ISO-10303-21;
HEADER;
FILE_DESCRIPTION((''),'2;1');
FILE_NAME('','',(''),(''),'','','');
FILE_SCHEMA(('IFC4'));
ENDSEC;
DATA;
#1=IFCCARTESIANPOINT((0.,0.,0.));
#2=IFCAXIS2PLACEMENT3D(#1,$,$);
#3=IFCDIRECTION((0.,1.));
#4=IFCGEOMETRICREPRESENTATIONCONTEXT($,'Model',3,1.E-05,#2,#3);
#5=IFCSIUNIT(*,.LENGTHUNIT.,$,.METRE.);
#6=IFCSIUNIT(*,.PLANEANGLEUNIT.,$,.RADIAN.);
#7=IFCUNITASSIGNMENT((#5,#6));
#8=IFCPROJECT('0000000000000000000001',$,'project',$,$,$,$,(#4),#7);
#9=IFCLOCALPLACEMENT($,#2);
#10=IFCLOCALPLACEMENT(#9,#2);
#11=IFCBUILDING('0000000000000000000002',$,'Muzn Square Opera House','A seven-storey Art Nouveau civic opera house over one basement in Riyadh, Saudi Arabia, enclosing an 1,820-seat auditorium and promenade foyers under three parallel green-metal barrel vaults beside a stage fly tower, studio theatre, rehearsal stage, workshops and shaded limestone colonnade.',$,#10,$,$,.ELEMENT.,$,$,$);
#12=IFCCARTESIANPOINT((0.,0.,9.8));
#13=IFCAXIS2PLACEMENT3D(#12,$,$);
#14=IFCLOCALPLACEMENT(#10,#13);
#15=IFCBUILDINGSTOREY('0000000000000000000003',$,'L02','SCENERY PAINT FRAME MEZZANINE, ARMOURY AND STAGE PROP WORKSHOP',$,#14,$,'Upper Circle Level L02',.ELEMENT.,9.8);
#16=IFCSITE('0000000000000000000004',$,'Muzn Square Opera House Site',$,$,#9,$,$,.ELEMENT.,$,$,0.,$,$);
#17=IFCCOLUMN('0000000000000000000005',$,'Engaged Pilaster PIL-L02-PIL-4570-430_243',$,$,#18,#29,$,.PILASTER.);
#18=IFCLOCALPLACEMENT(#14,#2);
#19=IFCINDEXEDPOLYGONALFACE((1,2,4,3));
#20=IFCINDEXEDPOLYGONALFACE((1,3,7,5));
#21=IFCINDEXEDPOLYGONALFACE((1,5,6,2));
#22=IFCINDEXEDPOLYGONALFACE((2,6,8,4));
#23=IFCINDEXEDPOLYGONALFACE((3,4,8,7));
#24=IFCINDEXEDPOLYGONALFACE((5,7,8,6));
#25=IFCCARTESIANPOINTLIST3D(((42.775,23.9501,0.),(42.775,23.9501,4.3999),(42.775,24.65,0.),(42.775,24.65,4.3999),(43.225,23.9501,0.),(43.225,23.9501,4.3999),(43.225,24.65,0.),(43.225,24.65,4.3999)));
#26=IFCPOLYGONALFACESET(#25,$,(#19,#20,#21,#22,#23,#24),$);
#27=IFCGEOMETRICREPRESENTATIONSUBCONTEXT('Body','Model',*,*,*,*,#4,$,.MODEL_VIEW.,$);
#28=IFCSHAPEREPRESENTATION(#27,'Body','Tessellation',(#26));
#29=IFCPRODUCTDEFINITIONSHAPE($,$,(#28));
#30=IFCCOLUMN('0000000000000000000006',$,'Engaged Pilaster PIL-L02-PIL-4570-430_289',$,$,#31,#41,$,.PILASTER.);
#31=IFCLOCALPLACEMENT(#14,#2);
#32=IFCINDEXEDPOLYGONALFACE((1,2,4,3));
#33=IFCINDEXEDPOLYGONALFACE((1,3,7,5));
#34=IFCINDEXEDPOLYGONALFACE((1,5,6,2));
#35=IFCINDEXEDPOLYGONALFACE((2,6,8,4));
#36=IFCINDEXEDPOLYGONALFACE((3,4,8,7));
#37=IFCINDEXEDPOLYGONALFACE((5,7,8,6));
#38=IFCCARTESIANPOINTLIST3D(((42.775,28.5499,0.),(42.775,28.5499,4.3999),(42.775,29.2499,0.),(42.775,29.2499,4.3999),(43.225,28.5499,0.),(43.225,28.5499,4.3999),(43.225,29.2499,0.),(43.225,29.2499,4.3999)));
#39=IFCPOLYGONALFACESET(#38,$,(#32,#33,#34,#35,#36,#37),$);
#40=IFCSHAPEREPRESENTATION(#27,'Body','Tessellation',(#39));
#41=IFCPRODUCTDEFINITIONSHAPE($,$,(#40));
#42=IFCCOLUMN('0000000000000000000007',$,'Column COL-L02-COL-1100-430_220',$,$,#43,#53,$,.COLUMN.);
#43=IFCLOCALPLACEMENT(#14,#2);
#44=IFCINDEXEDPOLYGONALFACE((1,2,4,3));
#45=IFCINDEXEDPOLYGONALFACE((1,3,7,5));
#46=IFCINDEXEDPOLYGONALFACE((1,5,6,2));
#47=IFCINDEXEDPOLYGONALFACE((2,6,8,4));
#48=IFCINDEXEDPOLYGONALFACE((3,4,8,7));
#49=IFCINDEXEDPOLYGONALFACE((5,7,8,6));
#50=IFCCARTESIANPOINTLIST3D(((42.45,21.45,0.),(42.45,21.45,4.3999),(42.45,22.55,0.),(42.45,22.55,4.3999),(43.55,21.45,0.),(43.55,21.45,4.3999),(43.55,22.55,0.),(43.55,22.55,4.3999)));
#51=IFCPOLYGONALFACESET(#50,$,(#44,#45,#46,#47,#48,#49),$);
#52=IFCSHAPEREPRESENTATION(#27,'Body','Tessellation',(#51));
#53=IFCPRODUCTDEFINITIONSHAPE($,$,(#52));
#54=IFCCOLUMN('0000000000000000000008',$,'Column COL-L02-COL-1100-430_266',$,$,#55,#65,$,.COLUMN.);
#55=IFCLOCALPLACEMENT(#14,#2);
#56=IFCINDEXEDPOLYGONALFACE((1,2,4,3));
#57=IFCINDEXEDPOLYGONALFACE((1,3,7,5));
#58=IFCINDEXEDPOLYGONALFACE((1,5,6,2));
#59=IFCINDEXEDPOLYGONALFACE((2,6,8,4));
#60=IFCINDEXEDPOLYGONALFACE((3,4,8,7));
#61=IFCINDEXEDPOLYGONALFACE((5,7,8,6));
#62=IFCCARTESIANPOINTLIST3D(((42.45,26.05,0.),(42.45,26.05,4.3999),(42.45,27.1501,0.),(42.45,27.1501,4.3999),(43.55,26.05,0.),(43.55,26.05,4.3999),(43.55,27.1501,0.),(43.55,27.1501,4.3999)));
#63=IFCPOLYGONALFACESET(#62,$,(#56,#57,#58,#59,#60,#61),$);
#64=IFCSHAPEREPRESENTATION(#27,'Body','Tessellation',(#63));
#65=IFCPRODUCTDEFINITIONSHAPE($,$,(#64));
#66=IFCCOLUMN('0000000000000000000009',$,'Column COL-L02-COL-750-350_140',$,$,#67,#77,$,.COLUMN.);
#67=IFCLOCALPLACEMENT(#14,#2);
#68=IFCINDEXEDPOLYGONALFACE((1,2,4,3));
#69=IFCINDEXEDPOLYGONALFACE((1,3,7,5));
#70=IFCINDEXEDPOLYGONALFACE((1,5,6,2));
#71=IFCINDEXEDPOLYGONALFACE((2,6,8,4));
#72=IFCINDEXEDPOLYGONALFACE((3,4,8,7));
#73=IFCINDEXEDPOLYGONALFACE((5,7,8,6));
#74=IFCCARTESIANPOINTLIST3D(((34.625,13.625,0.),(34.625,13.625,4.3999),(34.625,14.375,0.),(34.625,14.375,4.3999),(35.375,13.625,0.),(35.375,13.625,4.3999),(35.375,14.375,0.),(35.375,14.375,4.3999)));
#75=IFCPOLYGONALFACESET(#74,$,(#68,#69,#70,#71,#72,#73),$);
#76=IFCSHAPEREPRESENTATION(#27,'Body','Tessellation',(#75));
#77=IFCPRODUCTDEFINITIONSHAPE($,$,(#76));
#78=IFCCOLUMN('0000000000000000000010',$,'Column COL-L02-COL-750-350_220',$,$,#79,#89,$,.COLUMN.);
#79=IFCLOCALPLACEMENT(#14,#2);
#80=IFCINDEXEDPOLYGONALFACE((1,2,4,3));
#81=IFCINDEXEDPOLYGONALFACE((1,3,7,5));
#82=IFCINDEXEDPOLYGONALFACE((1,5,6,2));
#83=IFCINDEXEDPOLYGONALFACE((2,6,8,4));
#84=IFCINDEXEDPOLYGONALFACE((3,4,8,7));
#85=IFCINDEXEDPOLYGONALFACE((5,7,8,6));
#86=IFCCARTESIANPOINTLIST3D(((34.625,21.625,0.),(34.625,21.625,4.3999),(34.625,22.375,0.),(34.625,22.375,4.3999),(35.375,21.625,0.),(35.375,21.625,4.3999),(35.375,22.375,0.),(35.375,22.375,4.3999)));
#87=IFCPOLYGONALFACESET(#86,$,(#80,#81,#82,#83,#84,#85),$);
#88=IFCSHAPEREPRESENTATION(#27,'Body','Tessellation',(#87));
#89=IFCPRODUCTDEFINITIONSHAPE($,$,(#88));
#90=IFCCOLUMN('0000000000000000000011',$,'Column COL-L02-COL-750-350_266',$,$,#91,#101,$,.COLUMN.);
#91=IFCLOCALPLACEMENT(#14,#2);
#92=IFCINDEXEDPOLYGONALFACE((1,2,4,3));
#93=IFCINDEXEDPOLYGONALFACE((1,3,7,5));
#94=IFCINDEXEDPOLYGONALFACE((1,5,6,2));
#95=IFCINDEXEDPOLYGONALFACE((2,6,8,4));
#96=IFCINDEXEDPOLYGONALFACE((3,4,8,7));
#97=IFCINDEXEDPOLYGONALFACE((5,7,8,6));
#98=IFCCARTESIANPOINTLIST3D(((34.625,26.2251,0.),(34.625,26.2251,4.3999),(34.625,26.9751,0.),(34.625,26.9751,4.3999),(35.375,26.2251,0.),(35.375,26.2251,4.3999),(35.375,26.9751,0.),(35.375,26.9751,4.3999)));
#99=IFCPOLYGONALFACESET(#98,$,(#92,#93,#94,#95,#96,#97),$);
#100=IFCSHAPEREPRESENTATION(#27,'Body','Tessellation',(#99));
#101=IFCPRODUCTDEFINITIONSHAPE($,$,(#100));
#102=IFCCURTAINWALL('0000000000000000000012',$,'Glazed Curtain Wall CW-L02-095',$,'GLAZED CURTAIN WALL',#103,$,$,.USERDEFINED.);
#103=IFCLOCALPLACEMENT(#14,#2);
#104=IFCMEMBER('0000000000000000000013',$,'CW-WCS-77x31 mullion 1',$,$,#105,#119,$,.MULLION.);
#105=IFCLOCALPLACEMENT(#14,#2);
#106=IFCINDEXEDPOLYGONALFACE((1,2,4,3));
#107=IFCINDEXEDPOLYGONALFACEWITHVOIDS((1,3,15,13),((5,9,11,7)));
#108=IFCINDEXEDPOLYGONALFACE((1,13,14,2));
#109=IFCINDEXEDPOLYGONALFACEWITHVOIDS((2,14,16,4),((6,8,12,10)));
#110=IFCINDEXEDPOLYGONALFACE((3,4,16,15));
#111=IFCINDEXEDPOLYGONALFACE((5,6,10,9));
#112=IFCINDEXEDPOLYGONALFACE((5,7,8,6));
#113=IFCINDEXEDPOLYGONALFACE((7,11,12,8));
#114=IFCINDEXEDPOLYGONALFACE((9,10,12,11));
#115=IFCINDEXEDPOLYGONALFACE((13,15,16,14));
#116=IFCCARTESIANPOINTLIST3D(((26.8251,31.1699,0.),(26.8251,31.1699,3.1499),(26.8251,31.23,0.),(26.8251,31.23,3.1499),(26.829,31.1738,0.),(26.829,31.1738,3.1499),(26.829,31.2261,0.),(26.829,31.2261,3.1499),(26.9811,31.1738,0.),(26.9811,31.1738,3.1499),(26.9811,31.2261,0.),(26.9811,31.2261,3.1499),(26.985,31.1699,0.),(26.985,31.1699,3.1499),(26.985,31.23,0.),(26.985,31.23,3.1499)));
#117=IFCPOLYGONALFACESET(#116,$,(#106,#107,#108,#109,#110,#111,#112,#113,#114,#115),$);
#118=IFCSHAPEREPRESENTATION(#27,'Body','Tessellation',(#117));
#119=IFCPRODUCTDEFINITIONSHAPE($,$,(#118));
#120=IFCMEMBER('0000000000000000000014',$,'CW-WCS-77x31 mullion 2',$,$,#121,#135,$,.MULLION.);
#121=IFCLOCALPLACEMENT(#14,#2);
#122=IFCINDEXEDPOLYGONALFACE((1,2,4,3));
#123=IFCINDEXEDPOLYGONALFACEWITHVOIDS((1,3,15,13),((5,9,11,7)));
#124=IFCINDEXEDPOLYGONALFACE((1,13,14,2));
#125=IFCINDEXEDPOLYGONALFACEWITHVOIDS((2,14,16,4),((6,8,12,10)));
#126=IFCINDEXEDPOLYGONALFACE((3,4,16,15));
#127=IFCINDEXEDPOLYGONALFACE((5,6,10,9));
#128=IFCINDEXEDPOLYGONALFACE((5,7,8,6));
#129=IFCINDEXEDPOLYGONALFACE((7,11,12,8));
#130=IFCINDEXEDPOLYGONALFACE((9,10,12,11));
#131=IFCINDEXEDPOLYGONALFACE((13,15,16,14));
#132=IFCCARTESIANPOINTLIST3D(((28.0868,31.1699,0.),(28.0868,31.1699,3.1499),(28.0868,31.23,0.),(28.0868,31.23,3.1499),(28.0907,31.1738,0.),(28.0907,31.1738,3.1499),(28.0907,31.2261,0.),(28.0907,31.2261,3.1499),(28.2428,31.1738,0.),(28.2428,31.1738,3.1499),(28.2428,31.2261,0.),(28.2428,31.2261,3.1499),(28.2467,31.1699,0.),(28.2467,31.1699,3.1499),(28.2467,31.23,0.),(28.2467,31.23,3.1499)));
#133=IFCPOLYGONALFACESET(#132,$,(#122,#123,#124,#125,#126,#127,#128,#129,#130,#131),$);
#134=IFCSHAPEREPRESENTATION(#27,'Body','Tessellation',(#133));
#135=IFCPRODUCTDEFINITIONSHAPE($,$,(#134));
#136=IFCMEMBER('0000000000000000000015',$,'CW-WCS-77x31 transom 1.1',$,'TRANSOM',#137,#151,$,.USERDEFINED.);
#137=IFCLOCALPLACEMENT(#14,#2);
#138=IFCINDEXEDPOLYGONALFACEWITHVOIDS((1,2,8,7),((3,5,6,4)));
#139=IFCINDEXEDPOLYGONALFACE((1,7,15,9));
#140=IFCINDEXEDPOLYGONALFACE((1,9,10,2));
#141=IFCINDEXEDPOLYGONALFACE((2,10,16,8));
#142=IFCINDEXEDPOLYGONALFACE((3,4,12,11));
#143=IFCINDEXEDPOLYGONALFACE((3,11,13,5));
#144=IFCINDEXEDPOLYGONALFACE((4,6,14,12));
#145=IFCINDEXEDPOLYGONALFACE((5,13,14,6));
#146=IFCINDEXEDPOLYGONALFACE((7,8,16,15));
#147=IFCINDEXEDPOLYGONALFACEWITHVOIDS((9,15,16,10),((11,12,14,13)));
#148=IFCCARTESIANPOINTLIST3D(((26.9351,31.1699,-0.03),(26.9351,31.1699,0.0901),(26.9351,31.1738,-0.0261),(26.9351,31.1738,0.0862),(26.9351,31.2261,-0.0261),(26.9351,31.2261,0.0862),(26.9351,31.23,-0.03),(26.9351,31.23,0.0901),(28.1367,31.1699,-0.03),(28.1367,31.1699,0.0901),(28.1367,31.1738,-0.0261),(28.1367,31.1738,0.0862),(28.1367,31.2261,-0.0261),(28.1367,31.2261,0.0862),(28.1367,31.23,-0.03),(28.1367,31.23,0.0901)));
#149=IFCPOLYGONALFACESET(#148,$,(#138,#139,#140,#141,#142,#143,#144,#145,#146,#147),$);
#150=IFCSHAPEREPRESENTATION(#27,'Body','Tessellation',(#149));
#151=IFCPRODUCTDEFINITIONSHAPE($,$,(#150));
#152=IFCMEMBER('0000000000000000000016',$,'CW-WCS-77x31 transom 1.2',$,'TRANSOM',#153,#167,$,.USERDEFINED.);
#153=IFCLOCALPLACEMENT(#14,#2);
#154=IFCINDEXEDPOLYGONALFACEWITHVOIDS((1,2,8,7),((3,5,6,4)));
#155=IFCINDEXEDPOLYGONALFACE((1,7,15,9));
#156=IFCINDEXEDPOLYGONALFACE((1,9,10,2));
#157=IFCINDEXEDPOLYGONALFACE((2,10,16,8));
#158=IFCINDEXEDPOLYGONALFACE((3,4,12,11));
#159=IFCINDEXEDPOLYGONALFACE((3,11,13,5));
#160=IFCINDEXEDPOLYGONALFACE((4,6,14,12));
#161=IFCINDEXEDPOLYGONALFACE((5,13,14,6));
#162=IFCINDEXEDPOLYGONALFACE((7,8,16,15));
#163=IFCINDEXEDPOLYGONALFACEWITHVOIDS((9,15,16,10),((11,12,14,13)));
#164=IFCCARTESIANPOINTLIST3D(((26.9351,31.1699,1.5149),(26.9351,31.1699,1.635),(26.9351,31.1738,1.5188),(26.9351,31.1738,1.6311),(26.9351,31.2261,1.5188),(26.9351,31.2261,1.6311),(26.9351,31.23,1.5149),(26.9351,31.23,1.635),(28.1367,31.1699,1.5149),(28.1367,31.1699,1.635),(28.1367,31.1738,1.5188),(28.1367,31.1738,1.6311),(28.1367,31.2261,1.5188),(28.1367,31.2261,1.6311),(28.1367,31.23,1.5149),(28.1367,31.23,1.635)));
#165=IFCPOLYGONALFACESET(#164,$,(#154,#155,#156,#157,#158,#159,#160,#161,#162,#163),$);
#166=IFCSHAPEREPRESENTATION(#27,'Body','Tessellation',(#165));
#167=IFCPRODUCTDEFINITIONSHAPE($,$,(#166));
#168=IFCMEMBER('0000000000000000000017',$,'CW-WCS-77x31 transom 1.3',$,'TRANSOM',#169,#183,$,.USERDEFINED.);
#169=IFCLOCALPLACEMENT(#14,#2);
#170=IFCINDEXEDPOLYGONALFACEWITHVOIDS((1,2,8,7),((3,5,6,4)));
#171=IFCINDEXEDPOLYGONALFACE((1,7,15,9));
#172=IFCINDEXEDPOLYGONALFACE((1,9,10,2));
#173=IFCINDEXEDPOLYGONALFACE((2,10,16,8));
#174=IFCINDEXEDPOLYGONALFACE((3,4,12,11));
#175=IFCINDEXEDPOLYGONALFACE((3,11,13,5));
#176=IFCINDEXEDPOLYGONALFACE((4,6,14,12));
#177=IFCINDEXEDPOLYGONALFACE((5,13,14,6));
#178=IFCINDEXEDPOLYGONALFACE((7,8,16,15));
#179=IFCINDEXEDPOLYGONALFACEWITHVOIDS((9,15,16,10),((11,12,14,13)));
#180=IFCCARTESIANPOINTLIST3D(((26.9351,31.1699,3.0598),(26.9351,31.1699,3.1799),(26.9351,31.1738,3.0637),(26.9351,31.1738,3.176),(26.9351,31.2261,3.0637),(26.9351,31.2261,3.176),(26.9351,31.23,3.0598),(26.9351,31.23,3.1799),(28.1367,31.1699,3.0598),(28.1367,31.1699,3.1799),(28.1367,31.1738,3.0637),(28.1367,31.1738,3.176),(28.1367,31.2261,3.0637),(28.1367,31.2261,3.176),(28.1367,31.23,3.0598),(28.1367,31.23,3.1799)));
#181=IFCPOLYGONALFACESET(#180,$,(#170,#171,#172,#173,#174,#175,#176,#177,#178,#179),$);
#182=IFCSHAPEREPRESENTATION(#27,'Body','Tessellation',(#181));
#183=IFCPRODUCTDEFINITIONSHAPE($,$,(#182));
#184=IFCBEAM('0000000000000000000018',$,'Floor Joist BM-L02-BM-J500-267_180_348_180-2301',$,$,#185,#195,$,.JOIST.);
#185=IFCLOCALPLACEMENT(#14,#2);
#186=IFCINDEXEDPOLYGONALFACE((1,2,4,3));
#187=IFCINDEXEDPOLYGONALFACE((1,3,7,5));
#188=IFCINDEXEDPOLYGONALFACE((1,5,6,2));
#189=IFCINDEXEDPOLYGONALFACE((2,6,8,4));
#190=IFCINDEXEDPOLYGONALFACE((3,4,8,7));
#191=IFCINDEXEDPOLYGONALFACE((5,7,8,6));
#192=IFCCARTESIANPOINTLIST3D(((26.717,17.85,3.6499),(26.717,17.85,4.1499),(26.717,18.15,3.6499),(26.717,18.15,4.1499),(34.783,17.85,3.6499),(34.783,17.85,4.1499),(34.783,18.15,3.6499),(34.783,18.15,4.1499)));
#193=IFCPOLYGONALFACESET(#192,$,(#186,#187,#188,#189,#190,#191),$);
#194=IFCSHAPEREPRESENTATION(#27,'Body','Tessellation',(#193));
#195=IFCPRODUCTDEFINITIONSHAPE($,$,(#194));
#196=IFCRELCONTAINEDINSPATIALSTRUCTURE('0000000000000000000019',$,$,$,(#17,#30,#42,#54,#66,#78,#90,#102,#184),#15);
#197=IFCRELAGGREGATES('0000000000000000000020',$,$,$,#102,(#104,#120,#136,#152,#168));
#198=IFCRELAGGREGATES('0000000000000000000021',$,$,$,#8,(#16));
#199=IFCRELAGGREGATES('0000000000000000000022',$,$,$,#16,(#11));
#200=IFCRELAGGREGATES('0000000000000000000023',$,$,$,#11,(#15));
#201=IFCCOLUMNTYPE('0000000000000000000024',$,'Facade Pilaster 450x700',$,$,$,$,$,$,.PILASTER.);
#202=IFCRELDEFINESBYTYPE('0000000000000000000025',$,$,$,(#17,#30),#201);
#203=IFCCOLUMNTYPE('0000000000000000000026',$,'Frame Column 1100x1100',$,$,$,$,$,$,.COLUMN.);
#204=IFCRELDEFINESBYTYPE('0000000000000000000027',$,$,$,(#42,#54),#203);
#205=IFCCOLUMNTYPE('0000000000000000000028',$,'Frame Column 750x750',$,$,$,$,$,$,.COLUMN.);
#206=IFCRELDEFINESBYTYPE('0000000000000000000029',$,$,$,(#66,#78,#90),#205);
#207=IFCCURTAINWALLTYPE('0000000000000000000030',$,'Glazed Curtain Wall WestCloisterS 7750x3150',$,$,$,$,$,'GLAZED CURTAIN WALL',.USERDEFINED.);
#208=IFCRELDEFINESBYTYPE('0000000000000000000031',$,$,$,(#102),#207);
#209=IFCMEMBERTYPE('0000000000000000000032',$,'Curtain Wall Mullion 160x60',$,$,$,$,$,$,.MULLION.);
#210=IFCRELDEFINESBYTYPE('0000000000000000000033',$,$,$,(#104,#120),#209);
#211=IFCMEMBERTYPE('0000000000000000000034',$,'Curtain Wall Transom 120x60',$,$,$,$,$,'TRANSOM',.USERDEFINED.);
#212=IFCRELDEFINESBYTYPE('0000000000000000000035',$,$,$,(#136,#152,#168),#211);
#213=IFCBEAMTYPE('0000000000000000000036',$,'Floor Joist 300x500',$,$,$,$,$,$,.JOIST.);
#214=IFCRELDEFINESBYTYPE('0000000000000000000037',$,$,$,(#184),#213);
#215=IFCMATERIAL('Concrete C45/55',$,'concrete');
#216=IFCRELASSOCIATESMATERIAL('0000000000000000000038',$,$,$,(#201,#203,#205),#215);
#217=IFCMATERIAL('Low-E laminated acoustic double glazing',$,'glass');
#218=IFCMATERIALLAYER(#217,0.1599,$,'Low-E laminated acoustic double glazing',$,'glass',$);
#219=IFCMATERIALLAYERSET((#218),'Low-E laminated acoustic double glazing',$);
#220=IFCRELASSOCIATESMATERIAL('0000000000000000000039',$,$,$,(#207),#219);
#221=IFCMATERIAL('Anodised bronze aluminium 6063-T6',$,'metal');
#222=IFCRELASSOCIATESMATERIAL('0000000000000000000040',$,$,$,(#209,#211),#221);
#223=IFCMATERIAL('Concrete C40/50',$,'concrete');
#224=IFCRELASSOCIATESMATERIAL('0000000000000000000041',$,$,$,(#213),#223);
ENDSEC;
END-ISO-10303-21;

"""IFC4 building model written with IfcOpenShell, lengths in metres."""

from ifc_helpers import new_model, si_unit, direction, frame, origin, origin_2d, place, context, subcontext, project, spatial, rectangle, hollow_rectangle, extrude, material, layer, layer_set, material_profile, profile_set, type_object, element, aggregate, save


model = new_model("IFC4")

# Units and contexts
model_context = context("Model", 3, precision=1e-05, world=origin(), true_north=direction((0.0, 1.0)))
body_context = subcontext(model_context, "Body", "Model", "MODEL_VIEW")
ifc_project = project(units=[si_unit("LENGTHUNIT", "METRE"), si_unit("PLANEANGLEUNIT", "RADIAN")], contexts=[model_context])

# Site, building, storey
site_placement = place(None, origin())
site = spatial("IfcSite", under=ifc_project, at=site_placement, Name="Muzn Square Opera House Site", CompositionType="ELEMENT", RefElevation=0.0)
building_placement = place(site_placement, origin())
building = spatial("IfcBuilding", under=site, at=building_placement, Name="Muzn Square Opera House", Description="A seven-storey Art Nouveau civic opera house over one basement in Riyadh, Saudi Arabia, enclosing an 1,820-seat auditorium and promenade foyers under three parallel green-metal barrel vaults beside a stage fly tower, studio theatre, rehearsal stage, workshops and shaded limestone colonnade.", CompositionType="ELEMENT")
storey_placement = place(building_placement, frame((0.0, 0.0, 9.8)))
storey = spatial("IfcBuildingStorey", under=building, at=storey_placement, Name="L02", Description="SCENERY PAINT FRAME MEZZANINE, ARMOURY AND STAGE PROP WORKSHOP", LongName="Upper Circle Level L02", CompositionType="ELEMENT", Elevation=9.8)

# Columns
ifc_material_1 = material(Name="Concrete C45/55", Category="concrete")
ifc_material_profile_1 = material_profile(ifc_material_1, rectangle(XDim=0.45, YDim=0.7, at=origin_2d()), Name="RC 450x700", Category="concrete")
ifc_profile_set_1 = profile_set([ifc_material_profile_1], Name="Concrete C45/55")
column_type_1 = type_object("IfcColumnType", Name="Facade Pilaster 450x700", PredefinedType="PILASTER", material=ifc_profile_set_1)
for number, where, z_axis, x_axis, name in (
    (1, (43.0, 24.3, 0.0), (0.0, 0.0, 1.0), (1.0, 0.0, 0.0), "Engaged Pilaster PIL-L02-PIL-4570-430_243"),
    (2, (43.0, 28.8999, 0.0), (0.0, 0.0, 1.0), (1.0, 0.0, 0.0), "Engaged Pilaster PIL-L02-PIL-4570-430_289"),
):
    element("IfcColumn", number, at=place(storey_placement, frame(where, z_axis=z_axis, x_axis=x_axis)), inside=storey, type_object=column_type_1, Name=name, PredefinedType="PILASTER", context=body_context, shape_type="SweptSolid", body=[
        extrude(rectangle(XDim=0.45, YDim=0.7, at=origin_2d()), origin(), (0.0, 0.0, 1.0), 4.3999),
    ])
ifc_material_profile_2 = material_profile(ifc_material_1, rectangle(XDim=1.1001, YDim=1.1001, at=origin_2d()), Name="RC 1100x1100", Category="concrete")
ifc_profile_set_2 = profile_set([ifc_material_profile_2], Name="Concrete C45/55")
column_type_2 = type_object("IfcColumnType", Name="Frame Column 1100x1100", PredefinedType="COLUMN", material=ifc_profile_set_2)
for number, where, z_axis, x_axis, name in (
    (3, (43.0, 22.0, 0.0), (0.0, 0.0, 1.0), (1.0, 0.0, 0.0), "Column COL-L02-COL-1100-430_220"),
    (4, (43.0, 26.6001, 0.0), (0.0, 0.0, 1.0), (1.0, 0.0, 0.0), "Column COL-L02-COL-1100-430_266"),
):
    element("IfcColumn", number, at=place(storey_placement, frame(where, z_axis=z_axis, x_axis=x_axis)), inside=storey, type_object=column_type_2, Name=name, PredefinedType="COLUMN", context=body_context, shape_type="SweptSolid", body=[
        extrude(rectangle(XDim=1.1001, YDim=1.1001, at=origin_2d()), origin(), (0.0, 0.0, 1.0), 4.3999),
    ])
ifc_material_profile_3 = material_profile(ifc_material_1, rectangle(XDim=0.75, YDim=0.75, at=origin_2d()), Name="RC 750x750", Category="concrete")
ifc_profile_set_3 = profile_set([ifc_material_profile_3], Name="Concrete C45/55")
column_type_3 = type_object("IfcColumnType", Name="Frame Column 750x750", PredefinedType="COLUMN", material=ifc_profile_set_3)
for number, where, z_axis, x_axis, name in (
    (5, (35.0, 14.0, 0.0), (0.0, 0.0, 1.0), (1.0, 0.0, 0.0), "Column COL-L02-COL-750-350_140"),
    (6, (35.0, 22.0, 0.0), (0.0, 0.0, 1.0), (1.0, 0.0, 0.0), "Column COL-L02-COL-750-350_220"),
    (7, (35.0, 26.6001, 0.0), (0.0, 0.0, 1.0), (1.0, 0.0, 0.0), "Column COL-L02-COL-750-350_266"),
):
    element("IfcColumn", number, at=place(storey_placement, frame(where, z_axis=z_axis, x_axis=x_axis)), inside=storey, type_object=column_type_3, Name=name, PredefinedType="COLUMN", context=body_context, shape_type="SweptSolid", body=[
        extrude(rectangle(XDim=0.75, YDim=0.75, at=origin_2d()), origin(), (0.0, 0.0, 1.0), 4.3999),
    ])

# Curtain wall, members
ifc_material_2 = material(Name="Low-E laminated acoustic double glazing", Category="glass")
ifc_layer_1 = layer(ifc_material_2, 0.1599, Name="Low-E laminated acoustic double glazing", Category="glass")
ifc_layer_set_1 = layer_set([ifc_layer_1], Name="Low-E laminated acoustic double glazing")
curtain_wall_type = type_object("IfcCurtainWallType", Name="Glazed Curtain Wall WestCloisterS 7750x3150", ElementType="GLAZED CURTAIN WALL", PredefinedType="USERDEFINED", material=ifc_layer_set_1)
curtain_wall_placement = place(storey_placement, origin())
curtain_wall = element("IfcCurtainWall", 8, at=curtain_wall_placement, inside=storey, type_object=curtain_wall_type, Name="Glazed Curtain Wall CW-L02-095", ObjectType="GLAZED CURTAIN WALL", PredefinedType="USERDEFINED")
ifc_material_3 = material(Name="Anodised bronze aluminium 6063-T6", Category="metal")
ifc_material_profile_4 = material_profile(ifc_material_3, hollow_rectangle(XDim=0.0601, YDim=0.1599, WallThickness=0.0039, at=origin_2d()), Name="ALU 160x60x4", Category="metal")
ifc_profile_set_4 = profile_set([ifc_material_profile_4], Name="Anodised bronze aluminium 6063-T6")
member_type_1 = type_object("IfcMemberType", Name="Curtain Wall Mullion 160x60", PredefinedType="MULLION", material=ifc_profile_set_4)
member_1_placement = place(storey_placement, frame((26.905, 31.2, 0.0), z_axis=(0.0, 0.0, 1.0), x_axis=(0.0, 1.0, 0.0)))
member_1 = element("IfcMember", 9, at=member_1_placement, type_object=member_type_1, Name="CW-WCS-77x31 mullion 1", PredefinedType="MULLION", context=body_context, shape_type="SweptSolid", body=[
    extrude(hollow_rectangle(XDim=0.0601, YDim=0.1599, WallThickness=0.0039, at=origin_2d()), origin(), (0.0, 0.0, 1.0), 3.1499),
])
member_2_placement = place(storey_placement, frame((28.1667, 31.2, 0.0), z_axis=(0.0, 0.0, 1.0), x_axis=(0.0, 1.0, 0.0)))
member_2 = element("IfcMember", 10, at=member_2_placement, type_object=member_type_1, Name="CW-WCS-77x31 mullion 2", PredefinedType="MULLION", context=body_context, shape_type="SweptSolid", body=[
    extrude(hollow_rectangle(XDim=0.0601, YDim=0.1599, WallThickness=0.0039, at=origin_2d()), origin(), (0.0, 0.0, 1.0), 3.1499),
])
ifc_material_profile_5 = material_profile(ifc_material_3, hollow_rectangle(XDim=0.0601, YDim=0.1201, WallThickness=0.0039, at=origin_2d()), Name="ALU 120x60x4", Category="metal")
ifc_profile_set_5 = profile_set([ifc_material_profile_5], Name="Anodised bronze aluminium 6063-T6")
member_type_2 = type_object("IfcMemberType", Name="Curtain Wall Transom 120x60", ElementType="TRANSOM", PredefinedType="USERDEFINED", material=ifc_profile_set_5)
member_3_placement = place(storey_placement, frame((26.9351, 31.2, 0.03), z_axis=(1.0, 0.0, 0.0), x_axis=(0.0, 1.0, 0.0)))
member_3 = element("IfcMember", 11, at=member_3_placement, type_object=member_type_2, Name="CW-WCS-77x31 transom 1.1", ObjectType="TRANSOM", PredefinedType="USERDEFINED", context=body_context, shape_type="SweptSolid", body=[
    extrude(hollow_rectangle(XDim=0.0601, YDim=0.1201, WallThickness=0.0039, at=origin_2d()), origin(), (0.0, 0.0, 1.0), 1.2017),
])
member_4_placement = place(storey_placement, frame((26.9351, 31.2, 1.575), z_axis=(1.0, 0.0, 0.0), x_axis=(0.0, 1.0, 0.0)))
member_4 = element("IfcMember", 12, at=member_4_placement, type_object=member_type_2, Name="CW-WCS-77x31 transom 1.2", ObjectType="TRANSOM", PredefinedType="USERDEFINED", context=body_context, shape_type="SweptSolid", body=[
    extrude(hollow_rectangle(XDim=0.0601, YDim=0.1201, WallThickness=0.0039, at=origin_2d()), origin(), (0.0, 0.0, 1.0), 1.2017),
])
member_5_placement = place(storey_placement, frame((26.9351, 31.2, 3.1199), z_axis=(1.0, 0.0, 0.0), x_axis=(0.0, 1.0, 0.0)))
member_5 = element("IfcMember", 13, at=member_5_placement, type_object=member_type_2, Name="CW-WCS-77x31 transom 1.3", ObjectType="TRANSOM", PredefinedType="USERDEFINED", context=body_context, shape_type="SweptSolid", body=[
    extrude(hollow_rectangle(XDim=0.0601, YDim=0.1201, WallThickness=0.0039, at=origin_2d()), origin(), (0.0, 0.0, 1.0), 1.2017),
])

# Beam
ifc_material_4 = material(Name="Concrete C40/50", Category="concrete")
ifc_material_profile_6 = material_profile(ifc_material_4, rectangle(XDim=0.3, YDim=0.5, at=origin_2d()), Name="RCJ 300x500", Category="concrete")
ifc_profile_set_6 = profile_set([ifc_material_profile_6], Name="Concrete C40/50")
beam_type_1 = type_object("IfcBeamType", Name="Floor Joist 300x500", PredefinedType="JOIST", material=ifc_profile_set_6)
beam_1_placement = place(storey_placement, frame((26.717, 18.0, 3.8999), z_axis=(1.0, 0.0, 0.0), x_axis=(0.0, 1.0, 0.0)))
element("IfcBeam", 14, at=beam_1_placement, inside=storey, type_object=beam_type_1, Name="Floor Joist BM-L02-BM-J500-267_180_348_180-2301", PredefinedType="JOIST", context=body_context, shape_type="SweptSolid", body=[
    extrude(rectangle(XDim=0.3, YDim=0.5, at=origin_2d()), origin(), (0.0, 0.0, 1.0), 8.0659),
])

aggregate(curtain_wall, [member_1, member_2, member_3, member_4, member_5])

save(model, "model.ifc")
